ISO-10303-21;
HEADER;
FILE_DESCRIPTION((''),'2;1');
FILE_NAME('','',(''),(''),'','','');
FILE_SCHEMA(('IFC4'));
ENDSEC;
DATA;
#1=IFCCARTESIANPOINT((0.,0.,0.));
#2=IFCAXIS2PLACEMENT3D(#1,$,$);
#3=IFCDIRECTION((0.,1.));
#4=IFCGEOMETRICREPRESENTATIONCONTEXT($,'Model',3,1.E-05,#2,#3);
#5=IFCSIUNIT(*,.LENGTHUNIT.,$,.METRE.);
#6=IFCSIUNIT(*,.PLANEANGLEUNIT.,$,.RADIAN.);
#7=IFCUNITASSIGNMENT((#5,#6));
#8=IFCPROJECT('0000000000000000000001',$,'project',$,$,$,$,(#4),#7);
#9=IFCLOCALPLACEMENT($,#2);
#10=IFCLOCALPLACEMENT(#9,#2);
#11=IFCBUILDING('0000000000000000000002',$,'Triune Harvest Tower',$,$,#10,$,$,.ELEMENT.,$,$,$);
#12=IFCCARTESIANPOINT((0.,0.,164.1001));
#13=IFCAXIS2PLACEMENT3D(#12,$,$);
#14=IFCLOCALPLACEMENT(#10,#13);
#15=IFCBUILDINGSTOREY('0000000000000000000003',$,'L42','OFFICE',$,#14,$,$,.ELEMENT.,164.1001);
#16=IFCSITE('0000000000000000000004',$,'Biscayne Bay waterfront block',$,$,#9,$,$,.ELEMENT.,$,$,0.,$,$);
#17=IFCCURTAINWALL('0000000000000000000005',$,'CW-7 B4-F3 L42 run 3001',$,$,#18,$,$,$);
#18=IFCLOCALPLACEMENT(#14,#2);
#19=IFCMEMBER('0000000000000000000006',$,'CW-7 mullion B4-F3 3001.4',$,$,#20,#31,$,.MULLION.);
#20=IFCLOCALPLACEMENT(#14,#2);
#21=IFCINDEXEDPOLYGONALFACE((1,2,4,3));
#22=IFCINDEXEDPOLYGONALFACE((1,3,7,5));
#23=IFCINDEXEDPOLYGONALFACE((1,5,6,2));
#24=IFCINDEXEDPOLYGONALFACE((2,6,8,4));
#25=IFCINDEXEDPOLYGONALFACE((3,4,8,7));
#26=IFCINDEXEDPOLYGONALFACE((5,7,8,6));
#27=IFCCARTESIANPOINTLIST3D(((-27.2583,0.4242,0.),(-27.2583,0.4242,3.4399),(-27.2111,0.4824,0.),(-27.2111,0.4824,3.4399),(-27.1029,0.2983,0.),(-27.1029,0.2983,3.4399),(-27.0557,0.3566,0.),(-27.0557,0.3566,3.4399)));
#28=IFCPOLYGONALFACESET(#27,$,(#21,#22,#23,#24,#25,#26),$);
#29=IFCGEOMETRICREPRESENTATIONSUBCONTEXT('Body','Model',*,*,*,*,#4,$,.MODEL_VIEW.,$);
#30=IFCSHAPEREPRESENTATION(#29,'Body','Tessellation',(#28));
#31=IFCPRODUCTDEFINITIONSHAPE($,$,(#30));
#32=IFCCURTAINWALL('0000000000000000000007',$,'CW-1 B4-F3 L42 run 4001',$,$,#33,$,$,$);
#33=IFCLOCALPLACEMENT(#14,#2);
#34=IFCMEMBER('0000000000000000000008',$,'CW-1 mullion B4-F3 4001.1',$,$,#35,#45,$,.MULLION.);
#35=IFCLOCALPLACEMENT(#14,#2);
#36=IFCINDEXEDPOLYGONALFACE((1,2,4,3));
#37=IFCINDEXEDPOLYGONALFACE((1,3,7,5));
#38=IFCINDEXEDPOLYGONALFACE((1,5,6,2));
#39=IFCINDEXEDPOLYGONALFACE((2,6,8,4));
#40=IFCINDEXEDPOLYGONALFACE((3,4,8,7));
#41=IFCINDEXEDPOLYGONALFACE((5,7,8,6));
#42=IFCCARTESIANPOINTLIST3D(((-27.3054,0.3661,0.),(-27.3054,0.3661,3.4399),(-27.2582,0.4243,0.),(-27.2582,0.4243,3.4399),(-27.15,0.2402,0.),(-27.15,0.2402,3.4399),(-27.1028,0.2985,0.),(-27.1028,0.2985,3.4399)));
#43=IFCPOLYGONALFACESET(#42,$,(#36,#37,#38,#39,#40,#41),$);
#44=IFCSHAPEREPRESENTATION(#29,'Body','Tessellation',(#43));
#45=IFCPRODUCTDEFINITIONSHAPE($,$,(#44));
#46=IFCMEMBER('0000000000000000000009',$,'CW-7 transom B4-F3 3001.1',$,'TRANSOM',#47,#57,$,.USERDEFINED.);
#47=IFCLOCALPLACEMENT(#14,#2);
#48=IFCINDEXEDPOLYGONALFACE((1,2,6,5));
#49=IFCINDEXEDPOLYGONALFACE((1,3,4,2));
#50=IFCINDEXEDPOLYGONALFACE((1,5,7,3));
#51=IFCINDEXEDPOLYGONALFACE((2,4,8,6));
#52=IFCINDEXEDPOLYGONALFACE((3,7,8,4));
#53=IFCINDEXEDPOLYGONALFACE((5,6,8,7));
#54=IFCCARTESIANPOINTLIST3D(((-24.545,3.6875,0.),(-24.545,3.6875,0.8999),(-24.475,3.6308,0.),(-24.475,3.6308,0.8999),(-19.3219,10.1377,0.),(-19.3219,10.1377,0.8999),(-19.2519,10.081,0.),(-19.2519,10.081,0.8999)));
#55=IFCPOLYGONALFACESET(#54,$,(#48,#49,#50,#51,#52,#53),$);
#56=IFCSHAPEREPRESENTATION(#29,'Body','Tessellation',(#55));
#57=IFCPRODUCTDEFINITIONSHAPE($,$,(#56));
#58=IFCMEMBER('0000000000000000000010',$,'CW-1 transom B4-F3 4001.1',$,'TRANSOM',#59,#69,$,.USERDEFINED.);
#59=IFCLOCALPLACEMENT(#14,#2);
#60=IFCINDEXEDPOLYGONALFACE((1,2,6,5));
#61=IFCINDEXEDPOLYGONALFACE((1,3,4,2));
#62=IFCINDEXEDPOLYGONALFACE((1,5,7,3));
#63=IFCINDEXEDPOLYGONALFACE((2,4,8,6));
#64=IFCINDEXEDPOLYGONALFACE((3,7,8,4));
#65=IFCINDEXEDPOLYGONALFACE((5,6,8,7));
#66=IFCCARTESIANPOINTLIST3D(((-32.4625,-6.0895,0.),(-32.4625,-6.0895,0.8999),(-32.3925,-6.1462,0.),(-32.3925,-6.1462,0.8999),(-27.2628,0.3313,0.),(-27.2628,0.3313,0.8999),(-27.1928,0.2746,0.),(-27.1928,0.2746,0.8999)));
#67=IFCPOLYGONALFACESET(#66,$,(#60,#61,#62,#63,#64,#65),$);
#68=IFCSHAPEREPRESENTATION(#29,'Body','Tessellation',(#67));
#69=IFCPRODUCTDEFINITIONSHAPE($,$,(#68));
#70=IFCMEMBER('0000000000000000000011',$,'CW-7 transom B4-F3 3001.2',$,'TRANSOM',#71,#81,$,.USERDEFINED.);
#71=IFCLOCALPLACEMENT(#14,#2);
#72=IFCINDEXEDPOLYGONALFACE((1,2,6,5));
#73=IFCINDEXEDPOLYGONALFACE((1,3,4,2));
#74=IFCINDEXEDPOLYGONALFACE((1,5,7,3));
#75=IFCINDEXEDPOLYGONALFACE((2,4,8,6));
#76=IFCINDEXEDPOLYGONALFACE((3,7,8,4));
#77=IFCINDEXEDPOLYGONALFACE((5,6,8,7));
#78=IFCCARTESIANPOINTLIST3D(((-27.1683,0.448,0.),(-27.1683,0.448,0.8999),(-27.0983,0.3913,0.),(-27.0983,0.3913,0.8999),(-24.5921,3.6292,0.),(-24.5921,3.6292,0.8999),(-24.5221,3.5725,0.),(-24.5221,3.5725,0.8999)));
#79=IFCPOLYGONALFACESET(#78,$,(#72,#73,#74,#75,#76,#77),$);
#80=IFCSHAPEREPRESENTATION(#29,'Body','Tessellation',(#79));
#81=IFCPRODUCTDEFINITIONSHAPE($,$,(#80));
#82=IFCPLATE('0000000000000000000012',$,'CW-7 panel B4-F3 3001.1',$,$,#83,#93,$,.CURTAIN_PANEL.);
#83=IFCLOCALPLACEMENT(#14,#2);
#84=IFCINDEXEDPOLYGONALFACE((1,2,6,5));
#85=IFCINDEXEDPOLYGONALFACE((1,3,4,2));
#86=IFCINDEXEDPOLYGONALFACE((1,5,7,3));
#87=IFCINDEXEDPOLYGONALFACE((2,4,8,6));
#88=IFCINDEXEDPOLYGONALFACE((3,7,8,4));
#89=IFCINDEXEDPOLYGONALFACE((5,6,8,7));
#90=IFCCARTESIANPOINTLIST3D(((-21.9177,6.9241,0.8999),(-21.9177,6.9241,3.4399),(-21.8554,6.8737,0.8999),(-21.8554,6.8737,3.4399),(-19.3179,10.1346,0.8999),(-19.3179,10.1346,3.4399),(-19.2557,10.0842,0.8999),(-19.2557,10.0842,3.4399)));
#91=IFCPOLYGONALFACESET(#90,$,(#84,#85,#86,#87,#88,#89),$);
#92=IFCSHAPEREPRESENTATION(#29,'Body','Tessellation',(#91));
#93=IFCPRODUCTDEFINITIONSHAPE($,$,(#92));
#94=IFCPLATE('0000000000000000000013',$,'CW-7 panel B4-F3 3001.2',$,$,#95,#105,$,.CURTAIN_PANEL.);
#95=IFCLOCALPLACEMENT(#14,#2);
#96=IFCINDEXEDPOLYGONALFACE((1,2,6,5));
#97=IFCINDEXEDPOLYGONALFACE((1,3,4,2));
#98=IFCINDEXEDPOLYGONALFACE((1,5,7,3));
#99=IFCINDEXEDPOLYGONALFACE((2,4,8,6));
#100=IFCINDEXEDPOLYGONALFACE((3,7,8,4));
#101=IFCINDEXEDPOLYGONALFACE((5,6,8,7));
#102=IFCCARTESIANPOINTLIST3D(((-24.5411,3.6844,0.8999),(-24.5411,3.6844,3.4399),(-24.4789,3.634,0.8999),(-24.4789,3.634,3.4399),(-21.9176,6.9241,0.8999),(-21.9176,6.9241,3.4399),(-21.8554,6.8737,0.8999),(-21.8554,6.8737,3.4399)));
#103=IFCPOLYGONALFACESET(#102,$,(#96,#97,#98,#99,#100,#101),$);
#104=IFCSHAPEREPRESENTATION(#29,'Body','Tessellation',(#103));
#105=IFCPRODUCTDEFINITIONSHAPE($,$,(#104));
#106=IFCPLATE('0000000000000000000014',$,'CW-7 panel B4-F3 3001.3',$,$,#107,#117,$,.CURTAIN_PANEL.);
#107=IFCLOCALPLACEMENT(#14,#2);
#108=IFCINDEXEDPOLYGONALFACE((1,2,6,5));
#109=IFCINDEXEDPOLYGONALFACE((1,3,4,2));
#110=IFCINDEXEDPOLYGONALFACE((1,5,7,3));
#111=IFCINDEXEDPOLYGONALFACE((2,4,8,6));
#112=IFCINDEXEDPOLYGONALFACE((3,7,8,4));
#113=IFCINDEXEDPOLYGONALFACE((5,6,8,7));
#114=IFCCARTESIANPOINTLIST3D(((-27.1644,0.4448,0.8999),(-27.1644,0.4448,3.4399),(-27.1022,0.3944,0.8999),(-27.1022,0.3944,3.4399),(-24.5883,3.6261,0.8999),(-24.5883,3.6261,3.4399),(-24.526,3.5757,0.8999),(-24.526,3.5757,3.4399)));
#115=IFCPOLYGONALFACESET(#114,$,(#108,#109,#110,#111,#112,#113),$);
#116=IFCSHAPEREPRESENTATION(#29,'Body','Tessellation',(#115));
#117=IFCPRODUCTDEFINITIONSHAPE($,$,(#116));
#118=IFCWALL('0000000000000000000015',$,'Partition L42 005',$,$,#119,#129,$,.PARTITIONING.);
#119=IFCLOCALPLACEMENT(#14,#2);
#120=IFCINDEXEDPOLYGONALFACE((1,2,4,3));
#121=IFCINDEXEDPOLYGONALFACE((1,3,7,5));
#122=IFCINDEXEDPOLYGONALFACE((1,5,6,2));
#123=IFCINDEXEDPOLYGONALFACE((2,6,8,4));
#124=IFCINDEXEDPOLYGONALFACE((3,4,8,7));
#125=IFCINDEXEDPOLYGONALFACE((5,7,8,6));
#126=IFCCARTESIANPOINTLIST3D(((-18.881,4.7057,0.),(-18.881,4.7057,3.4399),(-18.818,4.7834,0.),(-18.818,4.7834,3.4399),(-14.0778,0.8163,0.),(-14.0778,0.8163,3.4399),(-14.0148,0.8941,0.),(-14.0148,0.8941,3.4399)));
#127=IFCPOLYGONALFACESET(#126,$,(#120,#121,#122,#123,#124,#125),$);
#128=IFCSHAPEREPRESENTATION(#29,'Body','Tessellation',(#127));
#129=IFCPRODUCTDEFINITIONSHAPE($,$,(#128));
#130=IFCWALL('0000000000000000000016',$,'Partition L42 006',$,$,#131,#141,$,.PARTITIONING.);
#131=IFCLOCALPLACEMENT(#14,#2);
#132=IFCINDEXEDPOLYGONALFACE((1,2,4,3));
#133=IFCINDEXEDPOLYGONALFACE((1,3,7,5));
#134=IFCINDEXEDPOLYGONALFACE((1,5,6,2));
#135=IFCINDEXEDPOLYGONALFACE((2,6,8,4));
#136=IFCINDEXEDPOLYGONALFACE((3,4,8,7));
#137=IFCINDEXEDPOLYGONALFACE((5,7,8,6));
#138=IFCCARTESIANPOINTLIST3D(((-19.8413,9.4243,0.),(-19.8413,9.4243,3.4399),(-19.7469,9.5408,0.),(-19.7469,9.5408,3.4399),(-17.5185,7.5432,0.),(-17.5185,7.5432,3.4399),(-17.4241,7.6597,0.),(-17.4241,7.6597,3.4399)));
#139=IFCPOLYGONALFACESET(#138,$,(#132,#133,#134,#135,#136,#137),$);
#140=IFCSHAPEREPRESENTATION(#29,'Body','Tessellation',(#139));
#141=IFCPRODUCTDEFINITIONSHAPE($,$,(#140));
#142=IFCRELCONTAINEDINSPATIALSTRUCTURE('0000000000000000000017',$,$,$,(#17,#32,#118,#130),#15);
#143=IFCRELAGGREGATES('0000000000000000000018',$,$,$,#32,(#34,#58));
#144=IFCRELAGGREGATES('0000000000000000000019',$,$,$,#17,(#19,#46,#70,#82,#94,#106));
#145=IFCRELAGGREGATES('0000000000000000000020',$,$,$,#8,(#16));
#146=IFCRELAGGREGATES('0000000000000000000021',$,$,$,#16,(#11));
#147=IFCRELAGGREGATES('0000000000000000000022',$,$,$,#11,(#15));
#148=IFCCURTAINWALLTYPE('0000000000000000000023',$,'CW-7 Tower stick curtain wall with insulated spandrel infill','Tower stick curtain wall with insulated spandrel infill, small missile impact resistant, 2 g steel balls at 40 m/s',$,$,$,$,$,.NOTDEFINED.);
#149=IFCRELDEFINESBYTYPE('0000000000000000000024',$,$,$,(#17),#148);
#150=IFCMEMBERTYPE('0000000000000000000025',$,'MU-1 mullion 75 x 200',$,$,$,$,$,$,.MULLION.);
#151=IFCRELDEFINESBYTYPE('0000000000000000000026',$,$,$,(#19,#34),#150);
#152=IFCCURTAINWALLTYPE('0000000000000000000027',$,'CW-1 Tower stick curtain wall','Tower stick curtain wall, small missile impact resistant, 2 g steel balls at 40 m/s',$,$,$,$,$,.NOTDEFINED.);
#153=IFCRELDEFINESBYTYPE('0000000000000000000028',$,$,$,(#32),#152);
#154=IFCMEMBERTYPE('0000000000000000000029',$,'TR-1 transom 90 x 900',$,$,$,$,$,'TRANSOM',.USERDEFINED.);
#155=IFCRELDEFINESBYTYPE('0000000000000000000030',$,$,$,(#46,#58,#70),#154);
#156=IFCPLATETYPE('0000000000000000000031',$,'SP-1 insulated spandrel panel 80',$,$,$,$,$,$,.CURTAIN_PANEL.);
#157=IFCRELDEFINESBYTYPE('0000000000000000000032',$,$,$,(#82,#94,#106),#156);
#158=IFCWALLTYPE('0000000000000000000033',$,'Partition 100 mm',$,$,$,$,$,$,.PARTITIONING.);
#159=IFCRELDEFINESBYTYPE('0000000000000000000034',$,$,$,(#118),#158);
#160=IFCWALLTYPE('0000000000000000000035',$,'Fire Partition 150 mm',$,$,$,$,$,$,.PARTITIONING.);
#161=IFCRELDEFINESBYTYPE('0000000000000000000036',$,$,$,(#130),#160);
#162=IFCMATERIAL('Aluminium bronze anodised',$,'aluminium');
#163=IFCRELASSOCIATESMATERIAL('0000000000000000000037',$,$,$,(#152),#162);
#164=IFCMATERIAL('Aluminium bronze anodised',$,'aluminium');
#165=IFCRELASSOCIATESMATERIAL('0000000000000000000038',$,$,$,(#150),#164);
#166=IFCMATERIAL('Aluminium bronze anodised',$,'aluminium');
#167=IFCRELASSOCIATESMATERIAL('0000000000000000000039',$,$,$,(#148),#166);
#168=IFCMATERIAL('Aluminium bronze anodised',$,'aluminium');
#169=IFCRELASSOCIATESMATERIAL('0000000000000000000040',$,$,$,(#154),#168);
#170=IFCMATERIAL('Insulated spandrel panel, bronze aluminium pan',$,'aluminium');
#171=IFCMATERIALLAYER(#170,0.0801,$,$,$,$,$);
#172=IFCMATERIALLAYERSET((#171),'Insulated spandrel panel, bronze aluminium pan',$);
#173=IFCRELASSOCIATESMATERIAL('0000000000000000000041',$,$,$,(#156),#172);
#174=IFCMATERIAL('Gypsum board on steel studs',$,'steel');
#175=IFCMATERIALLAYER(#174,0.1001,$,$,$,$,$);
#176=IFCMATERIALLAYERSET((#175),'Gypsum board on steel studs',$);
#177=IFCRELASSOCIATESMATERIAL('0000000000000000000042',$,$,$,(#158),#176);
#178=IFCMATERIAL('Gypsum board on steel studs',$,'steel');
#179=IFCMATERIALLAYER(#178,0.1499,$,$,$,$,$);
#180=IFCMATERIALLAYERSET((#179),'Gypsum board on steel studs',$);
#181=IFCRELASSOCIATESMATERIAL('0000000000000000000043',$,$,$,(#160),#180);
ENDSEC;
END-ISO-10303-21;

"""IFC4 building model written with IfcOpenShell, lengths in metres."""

from ifc_helpers import new_model, si_unit, direction, frame, frame_2d, origin, origin_2d, place, context, subcontext, project, spatial, rectangle, extrude, source, transform, mapped, material, layer, layer_set, material_profile, profile_set, type_object, element, aggregate, save


model = new_model("IFC4")

# Units and contexts
model_context = context("Model", 3, precision=1e-05, world=origin(), true_north=direction((0.0, 1.0)))
body_context = subcontext(model_context, "Body", "Model", "MODEL_VIEW")
ifc_project = project(units=[si_unit("LENGTHUNIT", "METRE"), si_unit("PLANEANGLEUNIT", "RADIAN")], contexts=[model_context])

# Site, building, storey
site_placement = place(None, origin())
site = spatial("IfcSite", under=ifc_project, at=site_placement, Name="Biscayne Bay waterfront block", CompositionType="ELEMENT", RefElevation=0.0)
building_placement = place(site_placement, origin())
building = spatial("IfcBuilding", under=site, at=building_placement, Name="Triune Harvest Tower", CompositionType="ELEMENT")
storey_placement = place(building_placement, frame((0.0, 0.0, 164.1001)))
storey = spatial("IfcBuildingStorey", under=building, at=storey_placement, Name="L42", Description="OFFICE", CompositionType="ELEMENT", Elevation=164.1001)

# Shared definitions
ifc_material_1 = material(Name="Aluminium bronze anodised", Category="aluminium")
curtain_wall_type_1 = type_object("IfcCurtainWallType", Name="CW-1 Tower stick curtain wall", Description="Tower stick curtain wall, small missile impact resistant, 2 g steel balls at 40 m/s", PredefinedType="NOTDEFINED", material=ifc_material_1)
ifc_material_2 = material(Name="Aluminium bronze anodised", Category="aluminium")
ifc_material_profile_1 = material_profile(ifc_material_2, rectangle(XDim=0.2, YDim=0.075, at=origin_2d()), Name="MU-1 mullion 75 x 200")
ifc_profile_set_1 = profile_set([ifc_material_profile_1], Name="Aluminium bronze anodised")
member_type_1 = type_object("IfcMemberType", Name="MU-1 mullion 75 x 200", PredefinedType="MULLION", material=ifc_profile_set_1)
shared_shape_1 = source(origin(), body_context, "Body", "SweptSolid", [
    extrude(rectangle(XDim=0.2, YDim=0.075, at=origin_2d()), origin(), (0.0, 0.0, 1.0), 3.4399),
])

# Curtain wall, member
ifc_material_3 = material(Name="Aluminium bronze anodised", Category="aluminium")
curtain_wall_type_2 = type_object("IfcCurtainWallType", Name="CW-7 Tower stick curtain wall with insulated spandrel infill", Description="Tower stick curtain wall with insulated spandrel infill, small missile impact resistant, 2 g steel balls at 40 m/s", PredefinedType="NOTDEFINED", material=ifc_material_3)
curtain_wall_1_placement = place(storey_placement, origin())
curtain_wall_1 = element("IfcCurtainWall", 1, at=curtain_wall_1_placement, inside=storey, type_object=curtain_wall_type_2, Name="CW-7 B4-F3 L42 run 3001")
member_1_placement = place(storey_placement, frame((-27.157, 0.3904, 0.0), z_axis=(0.0, 0.0, 1.0), x_axis=(0.777145, -0.629321, 0.0)))
member_1 = element("IfcMember", 2, at=member_1_placement, type_object=member_type_1, Name="CW-7 mullion B4-F3 3001.4", PredefinedType="MULLION", context=body_context, shape_type="MappedRepresentation", body=[
    mapped(shared_shape_1, transform((0.0, 0.0, 0.0), scale=1.0)),
])

# Curtain wall, member
curtain_wall_2_placement = place(storey_placement, origin())
curtain_wall_2 = element("IfcCurtainWall", 3, at=curtain_wall_2_placement, inside=storey, type_object=curtain_wall_type_1, Name="CW-1 B4-F3 L42 run 4001")
member_2_placement = place(storey_placement, frame((-27.2041, 0.3323, 0.0), z_axis=(0.0, 0.0, 1.0), x_axis=(0.777143, -0.629324, 0.0)))
member_2 = element("IfcMember", 4, at=member_2_placement, type_object=member_type_1, Name="CW-1 mullion B4-F3 4001.1", PredefinedType="MULLION", context=body_context, shape_type="MappedRepresentation", body=[
    mapped(shared_shape_1, transform((0.0, 0.0, 0.0), scale=1.0)),
])

# Members
ifc_material_4 = material(Name="Aluminium bronze anodised", Category="aluminium")
ifc_material_profile_2 = material_profile(ifc_material_4, rectangle(XDim=0.0901, YDim=0.8999, at=origin_2d()), Name="TR-1 transom 90 x 900")
ifc_profile_set_2 = profile_set([ifc_material_profile_2], Name="Aluminium bronze anodised")
member_type_2 = type_object("IfcMemberType", Name="TR-1 transom 90 x 900", ElementType="TRANSOM", PredefinedType="USERDEFINED", material=ifc_profile_set_2)
shared_shape_2 = source(origin(), body_context, "Body", "SweptSolid", [
    extrude(rectangle(XDim=0.0901, YDim=0.8999, at=origin_2d()), origin(), (0.0, 0.0, 1.0), 8.2998),
])
member_3_placement = place(storey_placement, frame((-19.2869, 10.1094, 0.45), z_axis=(-0.629312, -0.777153, 0.0), x_axis=(0.777153, -0.629312, 0.0)))
member_3 = element("IfcMember", 5, at=member_3_placement, type_object=member_type_2, Name="CW-7 transom B4-F3 3001.1", ObjectType="TRANSOM", PredefinedType="USERDEFINED", context=body_context, shape_type="MappedRepresentation", body=[
    mapped(shared_shape_2, transform((0.0, 0.0, 0.0), scale=1.0)),
])
shared_shape_3 = source(origin(), body_context, "Body", "SweptSolid", [
    extrude(rectangle(XDim=0.0901, YDim=0.8999, at=origin_2d()), origin(), (0.0, 0.0, 1.0), 8.2622),
])
member_4_placement = place(storey_placement, frame((-27.2278, 0.303, 0.45), z_axis=(-0.629333, -0.777136, 0.0), x_axis=(0.777136, -0.629333, 0.0)))
member_4 = element("IfcMember", 6, at=member_4_placement, type_object=member_type_2, Name="CW-1 transom B4-F3 4001.1", ObjectType="TRANSOM", PredefinedType="USERDEFINED", context=body_context, shape_type="MappedRepresentation", body=[
    mapped(shared_shape_3, transform((0.0, 0.0, 0.0), scale=1.0)),
])
aggregate(curtain_wall_2, [member_2, member_4])
shared_shape_4 = source(origin(), body_context, "Body", "SweptSolid", [
    extrude(rectangle(XDim=0.0901, YDim=0.8999, at=origin_2d()), origin(), (0.0, 0.0, 1.0), 4.0935),
])
member_5_placement = place(storey_placement, frame((-24.5571, 3.6008, 0.45), z_axis=(-0.629339, -0.777131, 0.0), x_axis=(0.777131, -0.629339, 0.0)))
member_5 = element("IfcMember", 7, at=member_5_placement, type_object=member_type_2, Name="CW-7 transom B4-F3 3001.2", ObjectType="TRANSOM", PredefinedType="USERDEFINED", context=body_context, shape_type="MappedRepresentation", body=[
    mapped(shared_shape_4, transform((0.0, 0.0, 0.0), scale=1.0)),
])

# Plates
ifc_material_5 = material(Name="Insulated spandrel panel, bronze aluminium pan", Category="aluminium")
ifc_layer_1 = layer(ifc_material_5, 0.0801)
ifc_layer_set_1 = layer_set([ifc_layer_1], Name="Insulated spandrel panel, bronze aluminium pan")
plate_type = type_object("IfcPlateType", Name="SP-1 insulated spandrel panel 80", PredefinedType="CURTAIN_PANEL", material=ifc_layer_set_1)
shared_shape_5 = source(origin(), body_context, "Body", "SweptSolid", [
    extrude(rectangle(XDim=4.1311, YDim=0.0801, at=origin_2d()), origin(), (0.0, 0.0, 1.0), 2.54),
])
plate_1_placement = place(storey_placement, frame((-20.5867, 8.5042, 0.8999), z_axis=(0.0, 0.0, 1.0), x_axis=(-0.629321, -0.777145, 0.0)))
plate_1 = element("IfcPlate", 8, at=plate_1_placement, type_object=plate_type, Name="CW-7 panel B4-F3 3001.1", PredefinedType="CURTAIN_PANEL", context=body_context, shape_type="MappedRepresentation", body=[
    mapped(shared_shape_5, transform((0.0, 0.0, 0.0), scale=1.0)),
])
shared_shape_6 = source(origin(), body_context, "Body", "SweptSolid", [
    extrude(rectangle(XDim=4.1687, YDim=0.0801, at=origin_2d()), origin(), (0.0, 0.0, 1.0), 2.54),
])
plate_2_placement = place(storey_placement, frame((-23.1982, 5.2791, 0.8999), z_axis=(0.0, 0.0, 1.0), x_axis=(-0.629321, -0.777145, 0.0)))
plate_2 = element("IfcPlate", 9, at=plate_2_placement, type_object=plate_type, Name="CW-7 panel B4-F3 3001.2", PredefinedType="CURTAIN_PANEL", context=body_context, shape_type="MappedRepresentation", body=[
    mapped(shared_shape_6, transform((0.0, 0.0, 0.0), scale=1.0)),
])
shared_shape_7 = source(origin(), body_context, "Body", "SweptSolid", [
    extrude(rectangle(XDim=4.0935, YDim=0.0801, at=origin_2d()), origin(), (0.0, 0.0, 1.0), 2.54),
])
plate_3_placement = place(storey_placement, frame((-25.8452, 2.0103, 0.8999), z_axis=(0.0, 0.0, 1.0), x_axis=(-0.629321, -0.777145, 0.0)))
plate_3 = element("IfcPlate", 10, at=plate_3_placement, type_object=plate_type, Name="CW-7 panel B4-F3 3001.3", PredefinedType="CURTAIN_PANEL", context=body_context, shape_type="MappedRepresentation", body=[
    mapped(shared_shape_7, transform((0.0, 0.0, 0.0), scale=1.0)),
])
aggregate(curtain_wall_1, [member_1, member_3, member_5, plate_1, plate_2, plate_3])

# Walls
ifc_material_6 = material(Name="Gypsum board on steel studs", Category="steel")
ifc_layer_2 = layer(ifc_material_6, 0.1001)
ifc_layer_set_2 = layer_set([ifc_layer_2], Name="Gypsum board on steel studs")
wall_type_1 = type_object("IfcWallType", Name="Partition 100 mm", PredefinedType="PARTITIONING", material=ifc_layer_set_2)
shared_shape_8 = source(origin(), body_context, "Body", "SweptSolid", [
    extrude(rectangle(XDim=6.1804, YDim=0.1001, at=frame_2d((3.0903, 0.0))), origin(), (0.0, 0.0, 1.0), 3.4399),
])
wall_1_placement = place(storey_placement, frame((-18.8496, 4.7446, 0.0), z_axis=(0.0, 0.0, 1.0), x_axis=(0.777159, -0.629304, 0.0)))
element("IfcWall", 11, at=wall_1_placement, inside=storey, type_object=wall_type_1, Name="Partition L42 005", PredefinedType="PARTITIONING", context=body_context, shape_type="MappedRepresentation", body=[
    mapped(shared_shape_8, transform((0.0, 0.0, 0.0), scale=1.0)),
])
ifc_material_7 = material(Name="Gypsum board on steel studs", Category="steel")
ifc_layer_3 = layer(ifc_material_7, 0.1499)
ifc_layer_set_3 = layer_set([ifc_layer_3], Name="Gypsum board on steel studs")
wall_type_2 = type_object("IfcWallType", Name="Fire Partition 150 mm", PredefinedType="PARTITIONING", material=ifc_layer_set_3)
shared_shape_9 = source(origin(), body_context, "Body", "SweptSolid", [
    extrude(rectangle(XDim=2.989, YDim=0.1499, at=frame_2d((1.4946, 0.0))), origin(), (0.0, 0.0, 1.0), 3.4399),
])
wall_2_placement = place(storey_placement, frame((-19.7942, 9.4827, 0.0), z_axis=(0.0, 0.0, 1.0), x_axis=(0.777117, -0.629356, 0.0)))
element("IfcWall", 12, at=wall_2_placement, inside=storey, type_object=wall_type_2, Name="Partition L42 006", PredefinedType="PARTITIONING", context=body_context, shape_type="MappedRepresentation", body=[
    mapped(shared_shape_9, transform((0.0, 0.0, 0.0), scale=1.0)),
])

save(model, "model.ifc")
